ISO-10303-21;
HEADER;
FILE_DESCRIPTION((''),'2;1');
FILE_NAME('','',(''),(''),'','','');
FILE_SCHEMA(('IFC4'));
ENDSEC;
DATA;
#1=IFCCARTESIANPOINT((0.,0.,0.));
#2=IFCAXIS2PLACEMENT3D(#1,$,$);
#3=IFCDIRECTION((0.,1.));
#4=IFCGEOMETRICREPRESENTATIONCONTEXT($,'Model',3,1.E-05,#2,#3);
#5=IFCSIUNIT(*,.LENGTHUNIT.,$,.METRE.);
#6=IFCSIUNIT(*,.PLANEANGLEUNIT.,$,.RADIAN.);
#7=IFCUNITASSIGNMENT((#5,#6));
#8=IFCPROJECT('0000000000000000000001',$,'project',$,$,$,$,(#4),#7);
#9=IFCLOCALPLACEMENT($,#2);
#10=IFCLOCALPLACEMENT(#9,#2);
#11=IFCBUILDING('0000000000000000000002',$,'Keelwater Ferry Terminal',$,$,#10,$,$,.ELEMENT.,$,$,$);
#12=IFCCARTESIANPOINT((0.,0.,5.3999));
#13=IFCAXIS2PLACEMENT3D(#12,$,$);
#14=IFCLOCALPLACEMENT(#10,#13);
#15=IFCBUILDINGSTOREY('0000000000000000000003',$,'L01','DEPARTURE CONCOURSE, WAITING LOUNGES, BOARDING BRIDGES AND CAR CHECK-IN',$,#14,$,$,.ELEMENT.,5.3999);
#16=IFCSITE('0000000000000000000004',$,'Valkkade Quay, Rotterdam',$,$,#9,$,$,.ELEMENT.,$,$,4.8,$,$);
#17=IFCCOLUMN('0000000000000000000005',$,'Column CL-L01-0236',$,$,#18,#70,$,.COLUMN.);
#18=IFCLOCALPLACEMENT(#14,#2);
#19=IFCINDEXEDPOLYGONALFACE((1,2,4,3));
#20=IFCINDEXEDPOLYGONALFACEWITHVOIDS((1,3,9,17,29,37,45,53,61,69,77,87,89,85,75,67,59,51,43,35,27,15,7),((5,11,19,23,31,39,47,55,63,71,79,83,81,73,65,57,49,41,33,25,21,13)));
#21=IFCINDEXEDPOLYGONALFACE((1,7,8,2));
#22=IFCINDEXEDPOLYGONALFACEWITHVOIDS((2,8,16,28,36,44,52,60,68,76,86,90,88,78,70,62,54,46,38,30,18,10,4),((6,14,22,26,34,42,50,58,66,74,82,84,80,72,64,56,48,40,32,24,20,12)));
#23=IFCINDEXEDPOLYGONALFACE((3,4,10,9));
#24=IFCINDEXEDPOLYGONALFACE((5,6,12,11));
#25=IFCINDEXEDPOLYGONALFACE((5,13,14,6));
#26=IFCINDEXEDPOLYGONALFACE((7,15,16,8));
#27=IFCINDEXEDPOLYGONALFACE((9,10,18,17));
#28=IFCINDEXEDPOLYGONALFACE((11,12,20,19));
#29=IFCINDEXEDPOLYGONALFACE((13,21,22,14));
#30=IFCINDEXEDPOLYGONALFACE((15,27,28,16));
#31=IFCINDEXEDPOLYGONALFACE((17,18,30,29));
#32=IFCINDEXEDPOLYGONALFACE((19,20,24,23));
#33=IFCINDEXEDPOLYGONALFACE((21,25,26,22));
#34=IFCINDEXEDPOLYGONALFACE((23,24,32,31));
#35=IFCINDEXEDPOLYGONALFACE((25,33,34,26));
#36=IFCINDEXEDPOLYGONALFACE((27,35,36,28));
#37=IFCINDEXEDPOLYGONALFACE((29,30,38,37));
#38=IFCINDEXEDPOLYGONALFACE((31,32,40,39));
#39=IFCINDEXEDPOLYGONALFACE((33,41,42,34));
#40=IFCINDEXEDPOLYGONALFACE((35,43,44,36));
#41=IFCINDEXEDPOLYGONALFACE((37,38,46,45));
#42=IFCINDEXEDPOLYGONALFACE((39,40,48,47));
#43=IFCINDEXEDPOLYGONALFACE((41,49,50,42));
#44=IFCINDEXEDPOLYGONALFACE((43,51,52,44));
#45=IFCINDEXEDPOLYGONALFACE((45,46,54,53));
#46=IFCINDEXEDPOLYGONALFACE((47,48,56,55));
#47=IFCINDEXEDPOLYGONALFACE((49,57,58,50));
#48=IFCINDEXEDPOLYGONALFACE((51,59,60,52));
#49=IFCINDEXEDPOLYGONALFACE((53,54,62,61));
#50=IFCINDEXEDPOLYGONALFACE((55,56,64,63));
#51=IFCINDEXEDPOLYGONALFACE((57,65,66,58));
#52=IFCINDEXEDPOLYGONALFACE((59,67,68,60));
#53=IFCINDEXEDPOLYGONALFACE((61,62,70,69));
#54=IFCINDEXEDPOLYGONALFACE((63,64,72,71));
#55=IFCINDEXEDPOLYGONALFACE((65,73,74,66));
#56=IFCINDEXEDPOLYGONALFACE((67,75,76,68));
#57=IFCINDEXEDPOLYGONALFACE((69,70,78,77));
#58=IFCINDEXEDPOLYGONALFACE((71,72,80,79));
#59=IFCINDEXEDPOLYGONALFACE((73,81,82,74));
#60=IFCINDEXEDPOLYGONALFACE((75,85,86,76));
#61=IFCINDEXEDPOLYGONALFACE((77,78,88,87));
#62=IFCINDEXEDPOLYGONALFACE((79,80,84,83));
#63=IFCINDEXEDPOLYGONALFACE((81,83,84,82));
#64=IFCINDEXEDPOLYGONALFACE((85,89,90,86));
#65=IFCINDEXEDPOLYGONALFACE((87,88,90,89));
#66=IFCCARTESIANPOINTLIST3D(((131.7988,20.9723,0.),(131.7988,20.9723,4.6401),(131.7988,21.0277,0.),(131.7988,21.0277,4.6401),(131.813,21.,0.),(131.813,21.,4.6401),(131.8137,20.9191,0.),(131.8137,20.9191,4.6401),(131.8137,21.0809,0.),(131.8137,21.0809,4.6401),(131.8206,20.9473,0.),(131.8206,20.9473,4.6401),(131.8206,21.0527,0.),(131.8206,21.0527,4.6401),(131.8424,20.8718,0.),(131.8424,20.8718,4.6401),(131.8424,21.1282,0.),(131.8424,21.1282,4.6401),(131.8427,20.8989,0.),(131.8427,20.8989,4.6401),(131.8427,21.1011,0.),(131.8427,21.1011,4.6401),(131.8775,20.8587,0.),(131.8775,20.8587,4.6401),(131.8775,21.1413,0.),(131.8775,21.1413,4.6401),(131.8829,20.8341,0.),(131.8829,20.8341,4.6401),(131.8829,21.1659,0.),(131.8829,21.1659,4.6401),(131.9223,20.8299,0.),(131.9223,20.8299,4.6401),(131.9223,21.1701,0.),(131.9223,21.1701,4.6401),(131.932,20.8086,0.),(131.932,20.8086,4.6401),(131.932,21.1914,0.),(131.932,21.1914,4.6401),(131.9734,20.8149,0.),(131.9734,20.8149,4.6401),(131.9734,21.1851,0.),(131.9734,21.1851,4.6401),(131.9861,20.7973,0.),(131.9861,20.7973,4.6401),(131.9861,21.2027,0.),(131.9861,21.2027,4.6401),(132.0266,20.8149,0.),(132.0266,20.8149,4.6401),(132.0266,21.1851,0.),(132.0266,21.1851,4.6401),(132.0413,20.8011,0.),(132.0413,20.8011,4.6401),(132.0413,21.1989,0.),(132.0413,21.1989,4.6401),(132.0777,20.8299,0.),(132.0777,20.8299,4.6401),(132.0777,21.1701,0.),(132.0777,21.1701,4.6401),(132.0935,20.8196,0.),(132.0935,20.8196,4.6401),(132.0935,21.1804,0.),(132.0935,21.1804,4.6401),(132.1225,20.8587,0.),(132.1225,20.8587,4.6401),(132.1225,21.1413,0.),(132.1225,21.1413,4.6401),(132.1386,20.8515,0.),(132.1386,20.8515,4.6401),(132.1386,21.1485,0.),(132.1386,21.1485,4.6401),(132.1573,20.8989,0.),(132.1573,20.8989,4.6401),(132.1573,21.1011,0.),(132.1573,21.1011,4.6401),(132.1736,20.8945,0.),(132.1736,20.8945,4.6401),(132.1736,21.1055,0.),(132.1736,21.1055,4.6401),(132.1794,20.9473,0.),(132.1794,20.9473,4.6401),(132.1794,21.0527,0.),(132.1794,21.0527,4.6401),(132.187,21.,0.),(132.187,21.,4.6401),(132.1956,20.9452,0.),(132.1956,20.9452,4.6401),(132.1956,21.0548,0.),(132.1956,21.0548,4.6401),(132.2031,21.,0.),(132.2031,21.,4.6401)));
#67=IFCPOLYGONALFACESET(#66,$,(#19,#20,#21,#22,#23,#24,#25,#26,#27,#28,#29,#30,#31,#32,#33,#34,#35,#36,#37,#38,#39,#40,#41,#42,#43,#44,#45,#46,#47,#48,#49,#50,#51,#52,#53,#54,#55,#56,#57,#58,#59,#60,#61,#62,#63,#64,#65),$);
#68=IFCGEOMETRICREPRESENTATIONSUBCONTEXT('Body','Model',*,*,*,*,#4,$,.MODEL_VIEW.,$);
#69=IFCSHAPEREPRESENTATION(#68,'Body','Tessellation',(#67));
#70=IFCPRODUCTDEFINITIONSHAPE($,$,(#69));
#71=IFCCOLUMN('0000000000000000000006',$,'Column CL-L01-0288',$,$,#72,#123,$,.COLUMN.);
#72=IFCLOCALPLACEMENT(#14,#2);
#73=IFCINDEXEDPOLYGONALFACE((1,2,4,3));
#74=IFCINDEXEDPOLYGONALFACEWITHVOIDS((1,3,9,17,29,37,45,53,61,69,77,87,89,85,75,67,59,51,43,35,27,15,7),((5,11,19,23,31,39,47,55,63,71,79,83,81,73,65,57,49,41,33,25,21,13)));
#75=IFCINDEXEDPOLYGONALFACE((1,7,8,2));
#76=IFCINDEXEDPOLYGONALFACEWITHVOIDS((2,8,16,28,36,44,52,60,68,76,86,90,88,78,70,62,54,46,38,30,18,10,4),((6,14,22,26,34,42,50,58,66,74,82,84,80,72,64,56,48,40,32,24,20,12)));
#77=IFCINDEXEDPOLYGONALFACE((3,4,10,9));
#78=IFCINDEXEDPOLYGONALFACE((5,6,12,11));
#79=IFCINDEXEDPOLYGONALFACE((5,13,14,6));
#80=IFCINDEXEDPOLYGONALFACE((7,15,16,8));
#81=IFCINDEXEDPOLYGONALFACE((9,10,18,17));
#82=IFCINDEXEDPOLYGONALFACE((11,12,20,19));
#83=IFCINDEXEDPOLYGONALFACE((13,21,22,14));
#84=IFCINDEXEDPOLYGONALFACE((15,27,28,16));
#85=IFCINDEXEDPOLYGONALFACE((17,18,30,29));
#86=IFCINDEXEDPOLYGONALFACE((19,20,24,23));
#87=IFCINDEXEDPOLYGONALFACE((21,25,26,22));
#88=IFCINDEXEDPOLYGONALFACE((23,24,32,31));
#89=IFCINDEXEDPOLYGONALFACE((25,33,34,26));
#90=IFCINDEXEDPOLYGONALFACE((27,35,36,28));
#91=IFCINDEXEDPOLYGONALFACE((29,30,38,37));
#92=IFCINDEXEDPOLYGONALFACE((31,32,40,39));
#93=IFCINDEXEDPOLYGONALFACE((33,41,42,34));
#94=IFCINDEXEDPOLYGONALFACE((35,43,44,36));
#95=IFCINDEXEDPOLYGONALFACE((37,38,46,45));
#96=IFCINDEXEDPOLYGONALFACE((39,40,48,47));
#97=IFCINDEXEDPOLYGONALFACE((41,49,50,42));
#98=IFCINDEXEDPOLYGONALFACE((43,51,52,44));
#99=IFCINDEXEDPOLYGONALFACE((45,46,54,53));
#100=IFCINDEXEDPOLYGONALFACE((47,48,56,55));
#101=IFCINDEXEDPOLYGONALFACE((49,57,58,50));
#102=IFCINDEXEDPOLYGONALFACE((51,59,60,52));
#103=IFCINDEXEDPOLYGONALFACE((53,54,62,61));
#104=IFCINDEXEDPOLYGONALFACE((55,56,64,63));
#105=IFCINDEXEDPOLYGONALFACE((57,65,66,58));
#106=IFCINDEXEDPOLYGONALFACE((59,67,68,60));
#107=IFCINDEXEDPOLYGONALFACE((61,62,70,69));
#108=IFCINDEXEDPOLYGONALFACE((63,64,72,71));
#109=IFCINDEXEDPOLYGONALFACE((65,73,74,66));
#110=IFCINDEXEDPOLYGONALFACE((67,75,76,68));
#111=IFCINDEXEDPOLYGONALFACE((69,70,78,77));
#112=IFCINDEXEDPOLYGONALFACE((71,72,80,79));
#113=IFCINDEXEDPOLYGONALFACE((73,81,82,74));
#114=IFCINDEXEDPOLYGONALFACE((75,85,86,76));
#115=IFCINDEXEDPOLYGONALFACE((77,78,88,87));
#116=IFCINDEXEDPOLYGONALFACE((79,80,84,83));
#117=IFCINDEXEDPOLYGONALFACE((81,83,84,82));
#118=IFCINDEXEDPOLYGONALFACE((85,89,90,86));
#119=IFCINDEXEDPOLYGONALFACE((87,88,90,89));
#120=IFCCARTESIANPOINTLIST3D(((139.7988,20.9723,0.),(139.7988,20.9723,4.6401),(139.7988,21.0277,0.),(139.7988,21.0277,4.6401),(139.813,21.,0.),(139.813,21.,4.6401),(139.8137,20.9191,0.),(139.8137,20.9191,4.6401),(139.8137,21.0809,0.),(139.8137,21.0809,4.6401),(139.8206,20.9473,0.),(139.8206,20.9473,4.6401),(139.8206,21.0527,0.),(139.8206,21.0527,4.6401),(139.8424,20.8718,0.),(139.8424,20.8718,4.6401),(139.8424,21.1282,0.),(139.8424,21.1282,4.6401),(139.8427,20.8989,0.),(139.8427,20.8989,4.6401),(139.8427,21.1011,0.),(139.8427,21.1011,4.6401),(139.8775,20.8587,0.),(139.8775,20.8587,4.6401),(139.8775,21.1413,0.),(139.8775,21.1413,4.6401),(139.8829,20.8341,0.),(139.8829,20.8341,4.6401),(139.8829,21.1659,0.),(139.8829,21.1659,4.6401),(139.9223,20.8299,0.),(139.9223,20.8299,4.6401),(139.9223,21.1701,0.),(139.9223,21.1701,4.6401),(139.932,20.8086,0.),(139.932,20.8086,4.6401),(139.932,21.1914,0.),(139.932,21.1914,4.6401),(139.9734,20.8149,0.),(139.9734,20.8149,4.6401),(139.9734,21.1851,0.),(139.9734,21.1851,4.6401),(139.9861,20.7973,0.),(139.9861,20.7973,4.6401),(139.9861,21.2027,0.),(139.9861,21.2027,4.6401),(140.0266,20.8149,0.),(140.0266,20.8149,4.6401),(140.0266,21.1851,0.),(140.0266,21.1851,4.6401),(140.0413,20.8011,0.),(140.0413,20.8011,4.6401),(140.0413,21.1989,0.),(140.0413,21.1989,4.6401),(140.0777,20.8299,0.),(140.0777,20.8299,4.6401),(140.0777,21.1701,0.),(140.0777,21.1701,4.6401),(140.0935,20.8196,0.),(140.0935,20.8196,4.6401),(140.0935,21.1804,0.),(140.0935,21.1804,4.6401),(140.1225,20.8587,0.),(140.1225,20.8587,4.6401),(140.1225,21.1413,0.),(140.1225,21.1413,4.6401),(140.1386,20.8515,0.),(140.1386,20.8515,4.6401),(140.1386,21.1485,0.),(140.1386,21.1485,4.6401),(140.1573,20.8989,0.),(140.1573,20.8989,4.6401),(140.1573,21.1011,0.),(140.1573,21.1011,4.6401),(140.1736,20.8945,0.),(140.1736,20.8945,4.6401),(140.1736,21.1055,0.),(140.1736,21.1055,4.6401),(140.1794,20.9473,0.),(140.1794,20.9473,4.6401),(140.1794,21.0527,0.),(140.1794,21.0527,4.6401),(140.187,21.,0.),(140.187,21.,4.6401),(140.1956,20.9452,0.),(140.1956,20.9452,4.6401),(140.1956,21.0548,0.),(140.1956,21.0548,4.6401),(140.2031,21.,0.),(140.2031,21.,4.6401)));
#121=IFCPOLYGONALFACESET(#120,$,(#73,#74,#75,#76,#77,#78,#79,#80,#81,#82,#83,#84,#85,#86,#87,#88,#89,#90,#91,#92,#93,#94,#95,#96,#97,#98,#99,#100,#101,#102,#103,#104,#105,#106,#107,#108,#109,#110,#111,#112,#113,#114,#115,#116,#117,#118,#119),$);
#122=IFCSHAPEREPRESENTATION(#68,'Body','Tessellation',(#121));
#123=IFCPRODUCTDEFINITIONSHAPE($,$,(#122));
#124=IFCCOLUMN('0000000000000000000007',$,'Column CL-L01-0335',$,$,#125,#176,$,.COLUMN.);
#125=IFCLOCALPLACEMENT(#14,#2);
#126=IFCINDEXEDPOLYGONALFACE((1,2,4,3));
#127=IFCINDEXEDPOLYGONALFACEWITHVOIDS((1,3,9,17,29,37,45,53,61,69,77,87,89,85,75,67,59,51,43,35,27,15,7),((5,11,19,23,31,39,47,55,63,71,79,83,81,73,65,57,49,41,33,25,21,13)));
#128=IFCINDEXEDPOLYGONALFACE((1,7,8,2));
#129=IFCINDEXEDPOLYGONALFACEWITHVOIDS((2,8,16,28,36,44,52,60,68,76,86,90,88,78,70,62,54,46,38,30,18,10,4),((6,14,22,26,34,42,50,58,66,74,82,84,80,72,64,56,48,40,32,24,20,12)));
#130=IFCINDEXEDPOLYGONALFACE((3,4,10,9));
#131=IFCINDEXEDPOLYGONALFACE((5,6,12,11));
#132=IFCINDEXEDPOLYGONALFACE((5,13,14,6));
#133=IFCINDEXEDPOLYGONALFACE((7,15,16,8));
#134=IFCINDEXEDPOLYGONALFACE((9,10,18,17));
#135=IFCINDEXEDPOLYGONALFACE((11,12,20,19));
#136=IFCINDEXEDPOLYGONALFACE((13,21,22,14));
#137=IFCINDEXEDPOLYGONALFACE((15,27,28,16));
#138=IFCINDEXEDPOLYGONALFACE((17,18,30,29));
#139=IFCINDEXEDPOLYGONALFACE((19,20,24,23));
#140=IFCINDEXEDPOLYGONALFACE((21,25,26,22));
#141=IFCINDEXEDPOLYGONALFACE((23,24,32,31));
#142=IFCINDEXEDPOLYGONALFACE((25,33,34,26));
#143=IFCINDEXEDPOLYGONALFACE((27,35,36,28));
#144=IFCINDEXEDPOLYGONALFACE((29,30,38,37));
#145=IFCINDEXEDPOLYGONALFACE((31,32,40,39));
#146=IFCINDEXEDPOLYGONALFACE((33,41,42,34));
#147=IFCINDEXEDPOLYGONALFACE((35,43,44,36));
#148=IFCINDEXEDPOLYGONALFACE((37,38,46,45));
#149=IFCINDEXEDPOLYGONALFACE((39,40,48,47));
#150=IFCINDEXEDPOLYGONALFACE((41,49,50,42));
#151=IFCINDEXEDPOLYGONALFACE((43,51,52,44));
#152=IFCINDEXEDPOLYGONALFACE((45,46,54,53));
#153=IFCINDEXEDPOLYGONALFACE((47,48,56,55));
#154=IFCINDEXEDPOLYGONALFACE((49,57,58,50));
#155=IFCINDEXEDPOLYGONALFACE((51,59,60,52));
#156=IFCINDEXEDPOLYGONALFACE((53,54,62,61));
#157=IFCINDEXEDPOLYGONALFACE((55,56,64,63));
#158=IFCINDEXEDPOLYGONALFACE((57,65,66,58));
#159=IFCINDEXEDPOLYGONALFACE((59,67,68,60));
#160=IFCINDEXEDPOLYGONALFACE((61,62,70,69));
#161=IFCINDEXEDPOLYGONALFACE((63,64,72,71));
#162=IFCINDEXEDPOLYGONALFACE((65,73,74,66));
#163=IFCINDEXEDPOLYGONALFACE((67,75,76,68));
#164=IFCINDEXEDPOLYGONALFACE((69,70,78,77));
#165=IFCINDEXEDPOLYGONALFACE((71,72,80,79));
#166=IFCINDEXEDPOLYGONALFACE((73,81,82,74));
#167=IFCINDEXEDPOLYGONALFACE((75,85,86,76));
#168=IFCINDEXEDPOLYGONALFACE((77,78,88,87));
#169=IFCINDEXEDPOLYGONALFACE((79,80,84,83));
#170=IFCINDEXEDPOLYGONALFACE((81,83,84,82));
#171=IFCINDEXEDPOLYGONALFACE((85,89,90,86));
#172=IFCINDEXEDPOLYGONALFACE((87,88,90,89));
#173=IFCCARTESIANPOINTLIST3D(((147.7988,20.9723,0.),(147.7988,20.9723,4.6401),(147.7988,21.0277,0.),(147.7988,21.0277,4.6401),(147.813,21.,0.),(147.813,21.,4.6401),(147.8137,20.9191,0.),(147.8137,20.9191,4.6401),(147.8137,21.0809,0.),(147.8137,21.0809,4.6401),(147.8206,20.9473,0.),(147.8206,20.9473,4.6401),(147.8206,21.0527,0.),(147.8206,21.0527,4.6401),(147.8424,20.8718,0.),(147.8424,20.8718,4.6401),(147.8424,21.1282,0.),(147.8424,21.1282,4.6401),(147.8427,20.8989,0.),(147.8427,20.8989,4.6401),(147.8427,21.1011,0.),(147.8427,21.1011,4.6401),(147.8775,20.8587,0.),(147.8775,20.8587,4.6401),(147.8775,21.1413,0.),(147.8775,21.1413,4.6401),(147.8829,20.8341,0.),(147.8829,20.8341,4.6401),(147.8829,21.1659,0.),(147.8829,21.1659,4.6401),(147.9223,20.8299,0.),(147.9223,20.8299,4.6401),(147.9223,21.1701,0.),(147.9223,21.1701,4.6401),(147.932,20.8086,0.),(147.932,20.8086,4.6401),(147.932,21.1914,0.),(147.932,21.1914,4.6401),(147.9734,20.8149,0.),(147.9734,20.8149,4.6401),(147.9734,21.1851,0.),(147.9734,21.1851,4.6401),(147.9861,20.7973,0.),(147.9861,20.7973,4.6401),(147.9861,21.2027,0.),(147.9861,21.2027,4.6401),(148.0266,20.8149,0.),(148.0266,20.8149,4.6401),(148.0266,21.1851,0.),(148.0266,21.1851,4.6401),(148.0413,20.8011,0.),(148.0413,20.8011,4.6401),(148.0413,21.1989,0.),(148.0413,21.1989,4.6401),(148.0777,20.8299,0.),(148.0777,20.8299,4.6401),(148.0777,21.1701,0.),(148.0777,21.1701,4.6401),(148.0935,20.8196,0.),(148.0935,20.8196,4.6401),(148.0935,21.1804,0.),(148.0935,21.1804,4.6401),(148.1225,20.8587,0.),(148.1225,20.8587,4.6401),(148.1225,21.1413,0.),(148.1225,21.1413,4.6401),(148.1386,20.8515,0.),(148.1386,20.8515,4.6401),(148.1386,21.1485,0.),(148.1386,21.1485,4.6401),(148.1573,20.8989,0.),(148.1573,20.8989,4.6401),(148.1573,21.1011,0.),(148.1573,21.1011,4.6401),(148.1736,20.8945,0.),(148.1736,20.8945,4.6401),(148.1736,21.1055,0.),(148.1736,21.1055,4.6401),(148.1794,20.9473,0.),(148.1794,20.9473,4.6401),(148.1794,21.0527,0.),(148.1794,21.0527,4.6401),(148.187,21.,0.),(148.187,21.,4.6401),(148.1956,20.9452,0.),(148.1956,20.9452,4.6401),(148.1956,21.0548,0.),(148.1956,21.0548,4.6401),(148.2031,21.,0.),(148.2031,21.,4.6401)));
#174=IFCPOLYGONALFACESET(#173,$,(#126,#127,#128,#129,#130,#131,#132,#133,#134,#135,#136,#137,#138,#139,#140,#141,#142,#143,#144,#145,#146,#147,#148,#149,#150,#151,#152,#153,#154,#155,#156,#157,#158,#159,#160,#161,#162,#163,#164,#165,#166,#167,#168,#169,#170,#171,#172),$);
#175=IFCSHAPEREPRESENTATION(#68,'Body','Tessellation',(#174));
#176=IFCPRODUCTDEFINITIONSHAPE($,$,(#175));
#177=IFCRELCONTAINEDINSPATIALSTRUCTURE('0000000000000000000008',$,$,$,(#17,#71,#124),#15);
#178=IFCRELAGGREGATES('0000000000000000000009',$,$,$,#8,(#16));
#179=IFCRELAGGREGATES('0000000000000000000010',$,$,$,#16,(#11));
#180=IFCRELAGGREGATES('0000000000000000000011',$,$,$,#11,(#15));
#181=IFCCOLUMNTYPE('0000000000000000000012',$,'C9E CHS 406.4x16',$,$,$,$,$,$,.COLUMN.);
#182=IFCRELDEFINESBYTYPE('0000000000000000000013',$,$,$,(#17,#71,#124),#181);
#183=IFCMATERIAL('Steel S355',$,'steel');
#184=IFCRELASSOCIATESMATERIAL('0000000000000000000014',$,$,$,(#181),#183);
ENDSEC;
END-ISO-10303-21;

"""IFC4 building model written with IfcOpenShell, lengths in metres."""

from ifc_helpers import new_model, si_unit, direction, frame, origin, origin_2d, place, context, subcontext, project, spatial, hollow_circle, extrude, material, material_profile, profile_set, type_object, element, save


model = new_model("IFC4")

# Units and contexts
model_context = context("Model", 3, precision=1e-05, world=origin(), true_north=direction((0.0, 1.0)))
body_context = subcontext(model_context, "Body", "Model", "MODEL_VIEW")
ifc_project = project(units=[si_unit("LENGTHUNIT", "METRE"), si_unit("PLANEANGLEUNIT", "RADIAN")], contexts=[model_context])

# Site, building, storey
site_placement = place(None, origin())
site = spatial("IfcSite", under=ifc_project, at=site_placement, Name="Valkkade Quay, Rotterdam", CompositionType="ELEMENT", RefElevation=4.8)
building_placement = place(site_placement, origin())
building = spatial("IfcBuilding", under=site, at=building_placement, Name="Keelwater Ferry Terminal", CompositionType="ELEMENT")
storey_placement = place(building_placement, frame((0.0, 0.0, 5.3999)))
storey = spatial("IfcBuildingStorey", under=building, at=storey_placement, Name="L01", Description="DEPARTURE CONCOURSE, WAITING LOUNGES, BOARDING BRIDGES AND CAR CHECK-IN", CompositionType="ELEMENT", Elevation=5.3999)

# Columns
ifc_material_1 = material(Name="Steel S355", Category="steel")
ifc_material_profile_1 = material_profile(ifc_material_1, hollow_circle(Radius=0.2031, WallThickness=0.0161, at=origin_2d()), Name="CHS 406.4x16")
ifc_profile_set_1 = profile_set([ifc_material_profile_1], Name="Steel S355")
column_type = type_object("IfcColumnType", Name="C9E CHS 406.4x16", PredefinedType="COLUMN", material=ifc_profile_set_1)
for number, where, z_axis, x_axis, name in (
    (1, (132.0, 21.0, 0.0), (0.0, 0.0, 1.0), (1.0, 0.0, 0.0), "Column CL-L01-0236"),
    (2, (140.0, 21.0, 0.0), (0.0, 0.0, 1.0), (1.0, 0.0, 0.0), "Column CL-L01-0288"),
    (3, (148.0, 21.0, 0.0), (0.0, 0.0, 1.0), (1.0, 0.0, 0.0), "Column CL-L01-0335"),
):
    element("IfcColumn", number, at=place(storey_placement, frame(where, z_axis=z_axis, x_axis=x_axis)), inside=storey, type_object=column_type, Name=name, PredefinedType="COLUMN", context=body_context, shape_type="SweptSolid", body=[
        extrude(hollow_circle(Radius=0.2031, WallThickness=0.0161, at=origin_2d()), origin(), (0.0, 0.0, 1.0), 4.6401),
    ])

save(model, "model.ifc")
